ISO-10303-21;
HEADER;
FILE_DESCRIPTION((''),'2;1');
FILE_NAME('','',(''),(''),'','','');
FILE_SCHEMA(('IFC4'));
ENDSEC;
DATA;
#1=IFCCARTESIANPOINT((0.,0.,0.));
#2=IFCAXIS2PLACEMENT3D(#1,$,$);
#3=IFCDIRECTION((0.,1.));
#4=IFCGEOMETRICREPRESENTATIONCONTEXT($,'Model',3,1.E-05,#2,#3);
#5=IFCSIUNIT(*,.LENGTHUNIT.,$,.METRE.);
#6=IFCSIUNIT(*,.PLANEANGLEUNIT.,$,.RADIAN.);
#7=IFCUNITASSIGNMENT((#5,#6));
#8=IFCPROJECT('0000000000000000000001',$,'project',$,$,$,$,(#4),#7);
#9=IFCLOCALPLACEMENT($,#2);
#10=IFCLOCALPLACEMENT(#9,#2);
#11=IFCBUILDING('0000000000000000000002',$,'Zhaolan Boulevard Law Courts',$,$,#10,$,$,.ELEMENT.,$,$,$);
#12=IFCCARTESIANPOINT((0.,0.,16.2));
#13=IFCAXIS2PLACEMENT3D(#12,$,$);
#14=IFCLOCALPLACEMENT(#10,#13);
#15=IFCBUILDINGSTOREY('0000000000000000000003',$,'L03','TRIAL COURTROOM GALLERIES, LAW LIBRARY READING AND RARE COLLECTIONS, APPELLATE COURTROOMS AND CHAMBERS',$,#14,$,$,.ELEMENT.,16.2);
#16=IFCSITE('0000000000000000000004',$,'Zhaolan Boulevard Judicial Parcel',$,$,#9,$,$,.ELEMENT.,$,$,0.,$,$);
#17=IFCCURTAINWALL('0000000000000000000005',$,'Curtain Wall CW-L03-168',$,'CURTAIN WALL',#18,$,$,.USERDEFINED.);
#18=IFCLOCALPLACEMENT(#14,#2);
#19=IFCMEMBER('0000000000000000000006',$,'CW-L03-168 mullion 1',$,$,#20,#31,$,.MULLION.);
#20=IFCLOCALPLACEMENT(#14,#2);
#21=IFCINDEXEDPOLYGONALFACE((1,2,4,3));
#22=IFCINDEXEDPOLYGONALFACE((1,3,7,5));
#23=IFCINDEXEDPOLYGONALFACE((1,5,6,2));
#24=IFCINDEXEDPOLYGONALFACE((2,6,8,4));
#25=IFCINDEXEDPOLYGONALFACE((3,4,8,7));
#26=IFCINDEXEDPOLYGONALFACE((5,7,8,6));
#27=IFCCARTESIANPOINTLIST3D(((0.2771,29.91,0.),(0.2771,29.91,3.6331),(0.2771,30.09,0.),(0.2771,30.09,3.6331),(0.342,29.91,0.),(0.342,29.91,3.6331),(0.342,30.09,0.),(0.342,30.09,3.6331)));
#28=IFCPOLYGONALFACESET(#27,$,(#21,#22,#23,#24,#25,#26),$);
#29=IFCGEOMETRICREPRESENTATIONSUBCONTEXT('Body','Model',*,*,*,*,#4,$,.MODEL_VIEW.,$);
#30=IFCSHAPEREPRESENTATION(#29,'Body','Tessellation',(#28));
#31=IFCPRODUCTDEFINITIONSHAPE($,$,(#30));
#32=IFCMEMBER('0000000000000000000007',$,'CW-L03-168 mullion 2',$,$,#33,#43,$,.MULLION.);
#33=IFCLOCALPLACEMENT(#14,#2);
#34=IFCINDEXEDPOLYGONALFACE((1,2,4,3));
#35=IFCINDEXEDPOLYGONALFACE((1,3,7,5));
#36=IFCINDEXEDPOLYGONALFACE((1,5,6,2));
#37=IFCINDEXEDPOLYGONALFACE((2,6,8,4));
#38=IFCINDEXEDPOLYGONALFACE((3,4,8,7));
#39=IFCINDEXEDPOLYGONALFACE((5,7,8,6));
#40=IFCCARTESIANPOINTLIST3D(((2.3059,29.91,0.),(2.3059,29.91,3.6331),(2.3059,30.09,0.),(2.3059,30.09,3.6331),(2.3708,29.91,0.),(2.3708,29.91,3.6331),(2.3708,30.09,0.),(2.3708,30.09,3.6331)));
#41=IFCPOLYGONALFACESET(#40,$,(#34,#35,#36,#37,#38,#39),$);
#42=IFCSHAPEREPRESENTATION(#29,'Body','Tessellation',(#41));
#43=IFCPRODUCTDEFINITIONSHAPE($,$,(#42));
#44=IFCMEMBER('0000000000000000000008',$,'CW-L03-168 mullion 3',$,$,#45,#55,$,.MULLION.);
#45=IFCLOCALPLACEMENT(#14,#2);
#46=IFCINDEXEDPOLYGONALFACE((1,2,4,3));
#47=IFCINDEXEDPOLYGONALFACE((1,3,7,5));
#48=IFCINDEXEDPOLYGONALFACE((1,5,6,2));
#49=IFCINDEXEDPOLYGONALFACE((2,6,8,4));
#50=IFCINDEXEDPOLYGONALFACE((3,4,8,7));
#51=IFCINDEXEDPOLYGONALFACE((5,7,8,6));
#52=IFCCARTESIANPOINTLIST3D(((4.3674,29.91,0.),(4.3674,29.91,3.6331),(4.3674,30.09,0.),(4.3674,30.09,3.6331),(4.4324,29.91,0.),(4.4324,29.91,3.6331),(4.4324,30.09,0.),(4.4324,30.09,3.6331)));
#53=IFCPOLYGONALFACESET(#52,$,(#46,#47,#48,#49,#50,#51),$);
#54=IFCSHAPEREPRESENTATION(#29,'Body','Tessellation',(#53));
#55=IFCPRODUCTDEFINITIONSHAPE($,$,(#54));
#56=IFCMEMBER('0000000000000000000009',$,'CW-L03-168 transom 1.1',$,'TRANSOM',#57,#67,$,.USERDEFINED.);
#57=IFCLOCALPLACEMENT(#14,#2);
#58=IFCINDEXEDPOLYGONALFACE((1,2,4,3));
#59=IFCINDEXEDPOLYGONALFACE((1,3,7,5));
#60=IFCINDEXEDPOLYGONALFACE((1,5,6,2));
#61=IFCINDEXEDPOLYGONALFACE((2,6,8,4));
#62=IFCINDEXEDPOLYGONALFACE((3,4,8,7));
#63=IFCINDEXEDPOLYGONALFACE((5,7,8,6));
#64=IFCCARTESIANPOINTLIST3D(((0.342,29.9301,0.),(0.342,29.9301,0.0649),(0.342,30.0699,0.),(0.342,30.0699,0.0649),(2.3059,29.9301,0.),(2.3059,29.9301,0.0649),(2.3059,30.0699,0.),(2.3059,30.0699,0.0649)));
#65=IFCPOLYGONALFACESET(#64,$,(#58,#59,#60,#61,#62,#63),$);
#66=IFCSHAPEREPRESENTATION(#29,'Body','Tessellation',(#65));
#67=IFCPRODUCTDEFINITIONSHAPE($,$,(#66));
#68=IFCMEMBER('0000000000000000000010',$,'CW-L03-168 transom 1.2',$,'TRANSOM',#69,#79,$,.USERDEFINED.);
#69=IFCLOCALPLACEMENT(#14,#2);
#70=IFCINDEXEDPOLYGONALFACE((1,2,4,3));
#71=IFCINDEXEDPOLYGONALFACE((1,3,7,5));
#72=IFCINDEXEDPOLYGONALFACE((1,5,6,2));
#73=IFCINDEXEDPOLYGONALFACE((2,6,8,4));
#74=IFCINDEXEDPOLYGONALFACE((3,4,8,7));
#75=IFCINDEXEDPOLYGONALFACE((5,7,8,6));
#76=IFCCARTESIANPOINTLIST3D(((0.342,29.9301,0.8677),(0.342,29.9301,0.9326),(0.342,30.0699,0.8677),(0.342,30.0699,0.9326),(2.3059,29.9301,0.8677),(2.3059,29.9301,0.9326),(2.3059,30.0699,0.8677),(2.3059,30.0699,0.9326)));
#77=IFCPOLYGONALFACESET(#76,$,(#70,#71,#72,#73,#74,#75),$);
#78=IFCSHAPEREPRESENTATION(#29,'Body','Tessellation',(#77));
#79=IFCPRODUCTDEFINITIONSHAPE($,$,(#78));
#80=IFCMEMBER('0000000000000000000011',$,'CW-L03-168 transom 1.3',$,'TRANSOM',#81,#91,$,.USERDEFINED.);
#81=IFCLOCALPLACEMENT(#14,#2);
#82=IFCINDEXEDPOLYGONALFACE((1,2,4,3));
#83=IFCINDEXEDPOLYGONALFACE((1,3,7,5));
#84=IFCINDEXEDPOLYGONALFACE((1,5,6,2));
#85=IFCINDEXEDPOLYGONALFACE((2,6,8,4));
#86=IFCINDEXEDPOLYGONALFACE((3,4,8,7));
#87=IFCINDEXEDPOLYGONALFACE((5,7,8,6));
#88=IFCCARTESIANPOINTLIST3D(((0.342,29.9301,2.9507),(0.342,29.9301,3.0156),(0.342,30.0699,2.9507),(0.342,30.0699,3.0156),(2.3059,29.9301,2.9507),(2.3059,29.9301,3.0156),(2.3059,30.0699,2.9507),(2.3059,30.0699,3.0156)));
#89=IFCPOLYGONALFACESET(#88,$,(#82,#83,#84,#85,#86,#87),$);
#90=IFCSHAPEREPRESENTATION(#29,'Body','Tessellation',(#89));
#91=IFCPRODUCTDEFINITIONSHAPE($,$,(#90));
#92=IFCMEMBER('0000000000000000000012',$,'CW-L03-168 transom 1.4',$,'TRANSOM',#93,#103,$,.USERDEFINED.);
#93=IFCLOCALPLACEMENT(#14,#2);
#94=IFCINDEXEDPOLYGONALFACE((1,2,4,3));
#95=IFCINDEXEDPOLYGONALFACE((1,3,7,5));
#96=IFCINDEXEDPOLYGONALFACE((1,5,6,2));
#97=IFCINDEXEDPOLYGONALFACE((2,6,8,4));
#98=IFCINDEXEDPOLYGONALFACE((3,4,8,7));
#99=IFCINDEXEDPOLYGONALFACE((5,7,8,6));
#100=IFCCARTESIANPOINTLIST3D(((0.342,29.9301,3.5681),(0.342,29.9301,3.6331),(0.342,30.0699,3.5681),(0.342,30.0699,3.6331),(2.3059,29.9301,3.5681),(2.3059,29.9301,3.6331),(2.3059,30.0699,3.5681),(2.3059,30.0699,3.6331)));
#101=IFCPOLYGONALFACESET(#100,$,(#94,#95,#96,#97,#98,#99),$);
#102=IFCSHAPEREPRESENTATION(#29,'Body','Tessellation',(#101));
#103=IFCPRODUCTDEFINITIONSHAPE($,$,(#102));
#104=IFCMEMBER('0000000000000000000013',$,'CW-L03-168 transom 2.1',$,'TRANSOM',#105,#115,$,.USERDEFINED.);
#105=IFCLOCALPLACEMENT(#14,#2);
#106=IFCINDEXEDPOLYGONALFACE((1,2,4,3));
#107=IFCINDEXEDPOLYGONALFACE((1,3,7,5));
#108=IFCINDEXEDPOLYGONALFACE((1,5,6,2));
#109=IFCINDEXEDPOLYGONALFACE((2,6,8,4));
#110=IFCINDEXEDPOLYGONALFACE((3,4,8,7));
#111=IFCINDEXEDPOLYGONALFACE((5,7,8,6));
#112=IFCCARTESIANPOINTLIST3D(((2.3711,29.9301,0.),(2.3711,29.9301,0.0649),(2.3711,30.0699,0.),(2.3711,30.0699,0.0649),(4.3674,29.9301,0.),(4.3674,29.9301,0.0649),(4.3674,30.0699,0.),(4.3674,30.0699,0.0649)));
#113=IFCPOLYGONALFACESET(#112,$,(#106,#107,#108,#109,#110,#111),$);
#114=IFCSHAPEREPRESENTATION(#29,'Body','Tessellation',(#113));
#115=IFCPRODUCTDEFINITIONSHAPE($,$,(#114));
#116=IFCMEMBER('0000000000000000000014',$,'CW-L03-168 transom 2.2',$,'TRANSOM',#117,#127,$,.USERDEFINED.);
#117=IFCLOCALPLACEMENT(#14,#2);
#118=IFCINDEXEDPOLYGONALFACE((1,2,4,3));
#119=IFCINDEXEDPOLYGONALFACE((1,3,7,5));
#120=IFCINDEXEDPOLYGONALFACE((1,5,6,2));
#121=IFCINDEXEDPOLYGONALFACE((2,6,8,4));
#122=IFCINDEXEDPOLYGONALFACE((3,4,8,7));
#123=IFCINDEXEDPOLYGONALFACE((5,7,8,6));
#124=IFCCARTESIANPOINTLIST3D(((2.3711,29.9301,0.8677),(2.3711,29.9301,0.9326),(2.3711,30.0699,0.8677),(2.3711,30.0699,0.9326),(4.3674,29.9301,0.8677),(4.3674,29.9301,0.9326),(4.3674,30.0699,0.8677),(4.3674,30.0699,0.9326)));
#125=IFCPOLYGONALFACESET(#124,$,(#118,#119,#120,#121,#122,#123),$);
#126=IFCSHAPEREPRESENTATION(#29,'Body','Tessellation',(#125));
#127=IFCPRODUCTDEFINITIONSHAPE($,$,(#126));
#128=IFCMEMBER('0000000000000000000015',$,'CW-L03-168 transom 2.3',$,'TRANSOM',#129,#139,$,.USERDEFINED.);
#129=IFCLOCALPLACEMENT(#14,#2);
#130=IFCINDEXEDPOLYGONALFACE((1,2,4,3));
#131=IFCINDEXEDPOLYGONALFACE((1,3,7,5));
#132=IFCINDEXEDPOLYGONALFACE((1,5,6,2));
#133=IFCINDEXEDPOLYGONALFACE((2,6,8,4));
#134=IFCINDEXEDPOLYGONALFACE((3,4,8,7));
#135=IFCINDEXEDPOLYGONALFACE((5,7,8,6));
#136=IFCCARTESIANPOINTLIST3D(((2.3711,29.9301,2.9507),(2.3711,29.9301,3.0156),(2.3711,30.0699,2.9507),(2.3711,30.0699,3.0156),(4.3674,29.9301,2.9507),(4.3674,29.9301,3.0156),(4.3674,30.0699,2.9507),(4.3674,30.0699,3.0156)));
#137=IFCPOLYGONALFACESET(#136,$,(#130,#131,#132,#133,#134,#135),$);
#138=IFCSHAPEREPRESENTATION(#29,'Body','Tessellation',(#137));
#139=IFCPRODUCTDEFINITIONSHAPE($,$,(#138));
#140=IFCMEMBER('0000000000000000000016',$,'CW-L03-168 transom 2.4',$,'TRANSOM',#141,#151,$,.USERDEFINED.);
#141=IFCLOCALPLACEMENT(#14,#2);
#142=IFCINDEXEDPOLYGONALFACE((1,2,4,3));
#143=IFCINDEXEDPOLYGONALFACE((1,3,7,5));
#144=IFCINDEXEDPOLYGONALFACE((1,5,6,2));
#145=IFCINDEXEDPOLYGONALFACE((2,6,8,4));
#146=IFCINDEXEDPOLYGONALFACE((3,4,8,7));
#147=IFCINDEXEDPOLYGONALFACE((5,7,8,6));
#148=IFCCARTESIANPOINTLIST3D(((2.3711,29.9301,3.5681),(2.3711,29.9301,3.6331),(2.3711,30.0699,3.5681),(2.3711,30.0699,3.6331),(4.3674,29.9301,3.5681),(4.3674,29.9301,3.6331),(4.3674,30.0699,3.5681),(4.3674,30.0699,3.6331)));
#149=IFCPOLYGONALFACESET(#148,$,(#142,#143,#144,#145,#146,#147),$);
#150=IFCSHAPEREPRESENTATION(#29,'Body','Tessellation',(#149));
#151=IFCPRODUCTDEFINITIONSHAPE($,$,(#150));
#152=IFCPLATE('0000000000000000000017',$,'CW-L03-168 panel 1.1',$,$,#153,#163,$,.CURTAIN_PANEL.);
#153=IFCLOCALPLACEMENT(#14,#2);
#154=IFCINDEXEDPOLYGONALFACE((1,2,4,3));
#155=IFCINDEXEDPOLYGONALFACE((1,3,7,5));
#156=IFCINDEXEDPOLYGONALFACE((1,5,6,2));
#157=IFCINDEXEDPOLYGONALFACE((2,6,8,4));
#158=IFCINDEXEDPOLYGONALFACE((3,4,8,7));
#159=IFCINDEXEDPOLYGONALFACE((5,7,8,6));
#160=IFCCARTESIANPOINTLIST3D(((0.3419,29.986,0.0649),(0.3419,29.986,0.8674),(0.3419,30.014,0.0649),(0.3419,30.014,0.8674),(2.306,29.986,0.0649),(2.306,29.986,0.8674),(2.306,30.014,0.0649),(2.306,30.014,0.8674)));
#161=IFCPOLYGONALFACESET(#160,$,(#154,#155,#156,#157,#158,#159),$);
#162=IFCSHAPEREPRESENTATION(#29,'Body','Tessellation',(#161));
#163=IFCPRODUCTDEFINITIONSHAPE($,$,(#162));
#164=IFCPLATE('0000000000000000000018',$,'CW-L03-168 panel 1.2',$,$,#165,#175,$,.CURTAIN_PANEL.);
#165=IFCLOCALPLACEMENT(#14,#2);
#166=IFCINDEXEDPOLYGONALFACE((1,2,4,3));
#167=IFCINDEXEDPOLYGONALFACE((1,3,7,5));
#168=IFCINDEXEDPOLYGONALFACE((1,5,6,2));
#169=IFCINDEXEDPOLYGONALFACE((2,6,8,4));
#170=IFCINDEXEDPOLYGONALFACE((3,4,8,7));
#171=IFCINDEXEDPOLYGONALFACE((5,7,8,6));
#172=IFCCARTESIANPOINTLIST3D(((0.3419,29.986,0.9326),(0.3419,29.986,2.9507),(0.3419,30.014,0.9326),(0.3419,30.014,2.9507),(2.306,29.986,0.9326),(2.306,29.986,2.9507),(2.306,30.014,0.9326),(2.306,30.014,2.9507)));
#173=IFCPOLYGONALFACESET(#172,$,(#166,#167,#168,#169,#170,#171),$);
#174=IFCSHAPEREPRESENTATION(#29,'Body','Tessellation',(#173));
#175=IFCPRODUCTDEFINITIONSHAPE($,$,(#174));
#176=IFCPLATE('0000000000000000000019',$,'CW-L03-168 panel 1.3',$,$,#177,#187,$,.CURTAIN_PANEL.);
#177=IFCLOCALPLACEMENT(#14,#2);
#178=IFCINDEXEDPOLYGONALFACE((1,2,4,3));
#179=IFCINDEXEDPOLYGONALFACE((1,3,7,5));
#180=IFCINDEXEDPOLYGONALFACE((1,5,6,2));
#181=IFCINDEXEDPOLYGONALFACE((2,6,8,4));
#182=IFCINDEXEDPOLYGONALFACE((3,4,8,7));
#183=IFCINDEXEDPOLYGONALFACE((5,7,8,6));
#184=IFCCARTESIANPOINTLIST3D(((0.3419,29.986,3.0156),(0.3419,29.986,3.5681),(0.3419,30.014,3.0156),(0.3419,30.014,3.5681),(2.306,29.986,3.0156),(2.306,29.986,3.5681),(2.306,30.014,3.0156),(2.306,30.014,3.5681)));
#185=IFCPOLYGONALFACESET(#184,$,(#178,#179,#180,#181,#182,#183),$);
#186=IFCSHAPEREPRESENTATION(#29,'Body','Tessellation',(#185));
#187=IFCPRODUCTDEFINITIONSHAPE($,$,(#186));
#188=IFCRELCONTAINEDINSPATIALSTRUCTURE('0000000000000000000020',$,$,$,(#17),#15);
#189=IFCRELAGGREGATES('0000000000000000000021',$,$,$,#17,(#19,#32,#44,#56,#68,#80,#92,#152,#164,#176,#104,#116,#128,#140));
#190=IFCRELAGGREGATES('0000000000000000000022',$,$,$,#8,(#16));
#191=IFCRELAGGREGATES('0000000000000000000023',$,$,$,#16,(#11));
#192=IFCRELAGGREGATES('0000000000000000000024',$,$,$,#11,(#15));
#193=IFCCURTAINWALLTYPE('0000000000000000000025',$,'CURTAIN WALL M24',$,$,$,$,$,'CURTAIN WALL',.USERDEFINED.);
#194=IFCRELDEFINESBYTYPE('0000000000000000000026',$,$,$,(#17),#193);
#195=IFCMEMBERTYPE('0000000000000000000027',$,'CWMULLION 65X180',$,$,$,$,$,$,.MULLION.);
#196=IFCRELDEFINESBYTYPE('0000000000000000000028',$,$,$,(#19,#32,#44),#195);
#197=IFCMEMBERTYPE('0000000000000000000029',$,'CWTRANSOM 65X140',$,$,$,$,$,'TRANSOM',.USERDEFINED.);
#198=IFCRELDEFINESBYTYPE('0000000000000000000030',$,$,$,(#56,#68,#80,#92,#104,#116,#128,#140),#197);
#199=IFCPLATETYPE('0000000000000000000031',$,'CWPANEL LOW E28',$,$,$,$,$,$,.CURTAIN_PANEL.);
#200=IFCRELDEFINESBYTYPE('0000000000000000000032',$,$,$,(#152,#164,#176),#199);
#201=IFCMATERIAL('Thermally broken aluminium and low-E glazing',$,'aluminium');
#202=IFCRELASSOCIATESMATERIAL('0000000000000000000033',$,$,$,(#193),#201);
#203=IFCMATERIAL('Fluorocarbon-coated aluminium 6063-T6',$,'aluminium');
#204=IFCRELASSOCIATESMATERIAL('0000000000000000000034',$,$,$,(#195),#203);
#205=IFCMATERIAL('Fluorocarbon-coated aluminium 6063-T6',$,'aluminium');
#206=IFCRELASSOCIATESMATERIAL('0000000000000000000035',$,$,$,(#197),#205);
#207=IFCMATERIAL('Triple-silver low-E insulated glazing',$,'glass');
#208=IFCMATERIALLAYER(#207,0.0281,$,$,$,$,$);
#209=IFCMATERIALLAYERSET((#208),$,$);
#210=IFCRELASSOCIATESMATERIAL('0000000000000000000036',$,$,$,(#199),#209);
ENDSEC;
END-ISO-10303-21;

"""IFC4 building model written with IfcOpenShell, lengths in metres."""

from ifc_helpers import new_model, si_unit, direction, frame, origin, origin_2d, place, context, subcontext, project, spatial, rectangle, extrude, material, layer, layer_set, material_profile, profile_set, type_object, element, aggregate, save


model = new_model("IFC4")

# Units and contexts
model_context = context("Model", 3, precision=1e-05, world=origin(), true_north=direction((0.0, 1.0)))
body_context = subcontext(model_context, "Body", "Model", "MODEL_VIEW")
ifc_project = project(units=[si_unit("LENGTHUNIT", "METRE"), si_unit("PLANEANGLEUNIT", "RADIAN")], contexts=[model_context])

# Site, building, storey
site_placement = place(None, origin())
site = spatial("IfcSite", under=ifc_project, at=site_placement, Name="Zhaolan Boulevard Judicial Parcel", CompositionType="ELEMENT", RefElevation=0.0)
building_placement = place(site_placement, origin())
building = spatial("IfcBuilding", under=site, at=building_placement, Name="Zhaolan Boulevard Law Courts", CompositionType="ELEMENT")
storey_placement = place(building_placement, frame((0.0, 0.0, 16.2)))
storey = spatial("IfcBuildingStorey", under=building, at=storey_placement, Name="L03", Description="TRIAL COURTROOM GALLERIES, LAW LIBRARY READING AND RARE COLLECTIONS, APPELLATE COURTROOMS AND CHAMBERS", CompositionType="ELEMENT", Elevation=16.2)

# Curtain wall, members, plates
ifc_material_1 = material(Name="Thermally broken aluminium and low-E glazing", Category="aluminium")
curtain_wall_type = type_object("IfcCurtainWallType", Name="CURTAIN WALL M24", ElementType="CURTAIN WALL", PredefinedType="USERDEFINED", material=ifc_material_1)
curtain_wall_placement = place(storey_placement, origin())
curtain_wall = element("IfcCurtainWall", 1, at=curtain_wall_placement, inside=storey, type_object=curtain_wall_type, Name="Curtain Wall CW-L03-168", ObjectType="CURTAIN WALL", PredefinedType="USERDEFINED")
ifc_material_2 = material(Name="Fluorocarbon-coated aluminium 6063-T6", Category="aluminium")
ifc_material_profile_1 = material_profile(ifc_material_2, rectangle(XDim=0.1799, YDim=0.0649, at=origin_2d()), Name="AL65x180")
ifc_profile_set_1 = profile_set([ifc_material_profile_1], Name="Fluorocarbon-coated aluminium 6063-T6")
member_type_1 = type_object("IfcMemberType", Name="CWMULLION 65X180", PredefinedType="MULLION", material=ifc_profile_set_1)
member_1_placement = place(storey_placement, frame((0.3096, 30.0, 0.0), z_axis=(0.0, 0.0, 1.0), x_axis=(0.0, 1.0, 0.0)))
member_1 = element("IfcMember", 2, at=member_1_placement, type_object=member_type_1, Name="CW-L03-168 mullion 1", PredefinedType="MULLION", context=body_context, shape_type="SweptSolid", body=[
    extrude(rectangle(XDim=0.1799, YDim=0.0649, at=origin_2d()), origin(), (0.0, 0.0, 1.0), 3.6331),
])
member_2_placement = place(storey_placement, frame((2.3384, 30.0, 0.0), z_axis=(0.0, 0.0, 1.0), x_axis=(0.0, 1.0, 0.0)))
member_2 = element("IfcMember", 3, at=member_2_placement, type_object=member_type_1, Name="CW-L03-168 mullion 2", PredefinedType="MULLION", context=body_context, shape_type="SweptSolid", body=[
    extrude(rectangle(XDim=0.1799, YDim=0.0649, at=origin_2d()), origin(), (0.0, 0.0, 1.0), 3.6331),
])
member_3_placement = place(storey_placement, frame((4.3999, 30.0, 0.0), z_axis=(0.0, 0.0, 1.0), x_axis=(0.0, 1.0, 0.0)))
member_3 = element("IfcMember", 4, at=member_3_placement, type_object=member_type_1, Name="CW-L03-168 mullion 3", PredefinedType="MULLION", context=body_context, shape_type="SweptSolid", body=[
    extrude(rectangle(XDim=0.1799, YDim=0.0649, at=origin_2d()), origin(), (0.0, 0.0, 1.0), 3.6331),
])
ifc_material_3 = material(Name="Fluorocarbon-coated aluminium 6063-T6", Category="aluminium")
ifc_material_profile_2 = material_profile(ifc_material_3, rectangle(XDim=0.1399, YDim=0.0649, at=origin_2d()), Name="AL65x140")
ifc_profile_set_2 = profile_set([ifc_material_profile_2], Name="Fluorocarbon-coated aluminium 6063-T6")
member_type_2 = type_object("IfcMemberType", Name="CWTRANSOM 65X140", ElementType="TRANSOM", PredefinedType="USERDEFINED", material=ifc_profile_set_2)
member_4_placement = place(storey_placement, frame((0.342, 30.0, 0.0325), z_axis=(1.0, 0.0, 0.0), x_axis=(0.0, 1.0, 0.0)))
member_4 = element("IfcMember", 5, at=member_4_placement, type_object=member_type_2, Name="CW-L03-168 transom 1.1", ObjectType="TRANSOM", PredefinedType="USERDEFINED", context=body_context, shape_type="SweptSolid", body=[
    extrude(rectangle(XDim=0.1399, YDim=0.0649, at=origin_2d()), origin(), (0.0, 0.0, 1.0), 1.9639),
])
member_5_placement = place(storey_placement, frame((0.342, 30.0, 0.9001), z_axis=(1.0, 0.0, 0.0), x_axis=(0.0, 1.0, 0.0)))
member_5 = element("IfcMember", 6, at=member_5_placement, type_object=member_type_2, Name="CW-L03-168 transom 1.2", ObjectType="TRANSOM", PredefinedType="USERDEFINED", context=body_context, shape_type="SweptSolid", body=[
    extrude(rectangle(XDim=0.1399, YDim=0.0649, at=origin_2d()), origin(), (0.0, 0.0, 1.0), 1.9639),
])
member_6_placement = place(storey_placement, frame((0.342, 30.0, 2.9832), z_axis=(1.0, 0.0, 0.0), x_axis=(0.0, 1.0, 0.0)))
member_6 = element("IfcMember", 7, at=member_6_placement, type_object=member_type_2, Name="CW-L03-168 transom 1.3", ObjectType="TRANSOM", PredefinedType="USERDEFINED", context=body_context, shape_type="SweptSolid", body=[
    extrude(rectangle(XDim=0.1399, YDim=0.0649, at=origin_2d()), origin(), (0.0, 0.0, 1.0), 1.9639),
])
member_7_placement = place(storey_placement, frame((0.342, 30.0, 3.6006), z_axis=(1.0, 0.0, 0.0), x_axis=(0.0, 1.0, 0.0)))
member_7 = element("IfcMember", 8, at=member_7_placement, type_object=member_type_2, Name="CW-L03-168 transom 1.4", ObjectType="TRANSOM", PredefinedType="USERDEFINED", context=body_context, shape_type="SweptSolid", body=[
    extrude(rectangle(XDim=0.1399, YDim=0.0649, at=origin_2d()), origin(), (0.0, 0.0, 1.0), 1.9639),
])
member_8_placement = place(storey_placement, frame((2.3711, 30.0, 0.0325), z_axis=(1.0, 0.0, 0.0), x_axis=(0.0, 1.0, 0.0)))
member_8 = element("IfcMember", 9, at=member_8_placement, type_object=member_type_2, Name="CW-L03-168 transom 2.1", ObjectType="TRANSOM", PredefinedType="USERDEFINED", context=body_context, shape_type="SweptSolid", body=[
    extrude(rectangle(XDim=0.1399, YDim=0.0649, at=origin_2d()), origin(), (0.0, 0.0, 1.0), 1.9963),
])
member_9_placement = place(storey_placement, frame((2.3711, 30.0, 0.9001), z_axis=(1.0, 0.0, 0.0), x_axis=(0.0, 1.0, 0.0)))
member_9 = element("IfcMember", 10, at=member_9_placement, type_object=member_type_2, Name="CW-L03-168 transom 2.2", ObjectType="TRANSOM", PredefinedType="USERDEFINED", context=body_context, shape_type="SweptSolid", body=[
    extrude(rectangle(XDim=0.1399, YDim=0.0649, at=origin_2d()), origin(), (0.0, 0.0, 1.0), 1.9963),
])
member_10_placement = place(storey_placement, frame((2.3711, 30.0, 2.9832), z_axis=(1.0, 0.0, 0.0), x_axis=(0.0, 1.0, 0.0)))
member_10 = element("IfcMember", 11, at=member_10_placement, type_object=member_type_2, Name="CW-L03-168 transom 2.3", ObjectType="TRANSOM", PredefinedType="USERDEFINED", context=body_context, shape_type="SweptSolid", body=[
    extrude(rectangle(XDim=0.1399, YDim=0.0649, at=origin_2d()), origin(), (0.0, 0.0, 1.0), 1.9963),
])
member_11_placement = place(storey_placement, frame((2.3711, 30.0, 3.6006), z_axis=(1.0, 0.0, 0.0), x_axis=(0.0, 1.0, 0.0)))
member_11 = element("IfcMember", 12, at=member_11_placement, type_object=member_type_2, Name="CW-L03-168 transom 2.4", ObjectType="TRANSOM", PredefinedType="USERDEFINED", context=body_context, shape_type="SweptSolid", body=[
    extrude(rectangle(XDim=0.1399, YDim=0.0649, at=origin_2d()), origin(), (0.0, 0.0, 1.0), 1.9963),
])
ifc_material_4 = material(Name="Triple-silver low-E insulated glazing", Category="glass")
ifc_layer = layer(ifc_material_4, 0.0281)
ifc_layer_set = layer_set([ifc_layer])
plate_type = type_object("IfcPlateType", Name="CWPANEL LOW E28", PredefinedType="CURTAIN_PANEL", material=ifc_layer_set)
plate_1_placement = place(storey_placement, frame((1.324, 30.0, 0.0649), z_axis=(0.0, 0.0, 1.0), x_axis=(1.0, 0.0, 0.0)))
plate_1 = element("IfcPlate", 13, at=plate_1_placement, type_object=plate_type, Name="CW-L03-168 panel 1.1", PredefinedType="CURTAIN_PANEL", context=body_context, shape_type="SweptSolid", body=[
    extrude(rectangle(XDim=1.9641, YDim=0.0281, at=origin_2d()), origin(), (0.0, 0.0, 1.0), 0.8025),
])
plate_2_placement = place(storey_placement, frame((1.324, 30.0, 0.9326), z_axis=(0.0, 0.0, 1.0), x_axis=(1.0, 0.0, 0.0)))
plate_2 = element("IfcPlate", 14, at=plate_2_placement, type_object=plate_type, Name="CW-L03-168 panel 1.2", PredefinedType="CURTAIN_PANEL", context=body_context, shape_type="SweptSolid", body=[
    extrude(rectangle(XDim=1.9641, YDim=0.0281, at=origin_2d()), origin(), (0.0, 0.0, 1.0), 2.0181),
])
plate_3_placement = place(storey_placement, frame((1.324, 30.0, 3.0156), z_axis=(0.0, 0.0, 1.0), x_axis=(1.0, 0.0, 0.0)))
plate_3 = element("IfcPlate", 15, at=plate_3_placement, type_object=plate_type, Name="CW-L03-168 panel 1.3", PredefinedType="CURTAIN_PANEL", context=body_context, shape_type="SweptSolid", body=[
    extrude(rectangle(XDim=1.9641, YDim=0.0281, at=origin_2d()), origin(), (0.0, 0.0, 1.0), 0.5525),
])
aggregate(curtain_wall, [member_1, member_2, member_3, member_4, member_5, member_6, member_7, plate_1, plate_2, plate_3, member_8, member_9, member_10, member_11])

save(model, "model.ifc")
